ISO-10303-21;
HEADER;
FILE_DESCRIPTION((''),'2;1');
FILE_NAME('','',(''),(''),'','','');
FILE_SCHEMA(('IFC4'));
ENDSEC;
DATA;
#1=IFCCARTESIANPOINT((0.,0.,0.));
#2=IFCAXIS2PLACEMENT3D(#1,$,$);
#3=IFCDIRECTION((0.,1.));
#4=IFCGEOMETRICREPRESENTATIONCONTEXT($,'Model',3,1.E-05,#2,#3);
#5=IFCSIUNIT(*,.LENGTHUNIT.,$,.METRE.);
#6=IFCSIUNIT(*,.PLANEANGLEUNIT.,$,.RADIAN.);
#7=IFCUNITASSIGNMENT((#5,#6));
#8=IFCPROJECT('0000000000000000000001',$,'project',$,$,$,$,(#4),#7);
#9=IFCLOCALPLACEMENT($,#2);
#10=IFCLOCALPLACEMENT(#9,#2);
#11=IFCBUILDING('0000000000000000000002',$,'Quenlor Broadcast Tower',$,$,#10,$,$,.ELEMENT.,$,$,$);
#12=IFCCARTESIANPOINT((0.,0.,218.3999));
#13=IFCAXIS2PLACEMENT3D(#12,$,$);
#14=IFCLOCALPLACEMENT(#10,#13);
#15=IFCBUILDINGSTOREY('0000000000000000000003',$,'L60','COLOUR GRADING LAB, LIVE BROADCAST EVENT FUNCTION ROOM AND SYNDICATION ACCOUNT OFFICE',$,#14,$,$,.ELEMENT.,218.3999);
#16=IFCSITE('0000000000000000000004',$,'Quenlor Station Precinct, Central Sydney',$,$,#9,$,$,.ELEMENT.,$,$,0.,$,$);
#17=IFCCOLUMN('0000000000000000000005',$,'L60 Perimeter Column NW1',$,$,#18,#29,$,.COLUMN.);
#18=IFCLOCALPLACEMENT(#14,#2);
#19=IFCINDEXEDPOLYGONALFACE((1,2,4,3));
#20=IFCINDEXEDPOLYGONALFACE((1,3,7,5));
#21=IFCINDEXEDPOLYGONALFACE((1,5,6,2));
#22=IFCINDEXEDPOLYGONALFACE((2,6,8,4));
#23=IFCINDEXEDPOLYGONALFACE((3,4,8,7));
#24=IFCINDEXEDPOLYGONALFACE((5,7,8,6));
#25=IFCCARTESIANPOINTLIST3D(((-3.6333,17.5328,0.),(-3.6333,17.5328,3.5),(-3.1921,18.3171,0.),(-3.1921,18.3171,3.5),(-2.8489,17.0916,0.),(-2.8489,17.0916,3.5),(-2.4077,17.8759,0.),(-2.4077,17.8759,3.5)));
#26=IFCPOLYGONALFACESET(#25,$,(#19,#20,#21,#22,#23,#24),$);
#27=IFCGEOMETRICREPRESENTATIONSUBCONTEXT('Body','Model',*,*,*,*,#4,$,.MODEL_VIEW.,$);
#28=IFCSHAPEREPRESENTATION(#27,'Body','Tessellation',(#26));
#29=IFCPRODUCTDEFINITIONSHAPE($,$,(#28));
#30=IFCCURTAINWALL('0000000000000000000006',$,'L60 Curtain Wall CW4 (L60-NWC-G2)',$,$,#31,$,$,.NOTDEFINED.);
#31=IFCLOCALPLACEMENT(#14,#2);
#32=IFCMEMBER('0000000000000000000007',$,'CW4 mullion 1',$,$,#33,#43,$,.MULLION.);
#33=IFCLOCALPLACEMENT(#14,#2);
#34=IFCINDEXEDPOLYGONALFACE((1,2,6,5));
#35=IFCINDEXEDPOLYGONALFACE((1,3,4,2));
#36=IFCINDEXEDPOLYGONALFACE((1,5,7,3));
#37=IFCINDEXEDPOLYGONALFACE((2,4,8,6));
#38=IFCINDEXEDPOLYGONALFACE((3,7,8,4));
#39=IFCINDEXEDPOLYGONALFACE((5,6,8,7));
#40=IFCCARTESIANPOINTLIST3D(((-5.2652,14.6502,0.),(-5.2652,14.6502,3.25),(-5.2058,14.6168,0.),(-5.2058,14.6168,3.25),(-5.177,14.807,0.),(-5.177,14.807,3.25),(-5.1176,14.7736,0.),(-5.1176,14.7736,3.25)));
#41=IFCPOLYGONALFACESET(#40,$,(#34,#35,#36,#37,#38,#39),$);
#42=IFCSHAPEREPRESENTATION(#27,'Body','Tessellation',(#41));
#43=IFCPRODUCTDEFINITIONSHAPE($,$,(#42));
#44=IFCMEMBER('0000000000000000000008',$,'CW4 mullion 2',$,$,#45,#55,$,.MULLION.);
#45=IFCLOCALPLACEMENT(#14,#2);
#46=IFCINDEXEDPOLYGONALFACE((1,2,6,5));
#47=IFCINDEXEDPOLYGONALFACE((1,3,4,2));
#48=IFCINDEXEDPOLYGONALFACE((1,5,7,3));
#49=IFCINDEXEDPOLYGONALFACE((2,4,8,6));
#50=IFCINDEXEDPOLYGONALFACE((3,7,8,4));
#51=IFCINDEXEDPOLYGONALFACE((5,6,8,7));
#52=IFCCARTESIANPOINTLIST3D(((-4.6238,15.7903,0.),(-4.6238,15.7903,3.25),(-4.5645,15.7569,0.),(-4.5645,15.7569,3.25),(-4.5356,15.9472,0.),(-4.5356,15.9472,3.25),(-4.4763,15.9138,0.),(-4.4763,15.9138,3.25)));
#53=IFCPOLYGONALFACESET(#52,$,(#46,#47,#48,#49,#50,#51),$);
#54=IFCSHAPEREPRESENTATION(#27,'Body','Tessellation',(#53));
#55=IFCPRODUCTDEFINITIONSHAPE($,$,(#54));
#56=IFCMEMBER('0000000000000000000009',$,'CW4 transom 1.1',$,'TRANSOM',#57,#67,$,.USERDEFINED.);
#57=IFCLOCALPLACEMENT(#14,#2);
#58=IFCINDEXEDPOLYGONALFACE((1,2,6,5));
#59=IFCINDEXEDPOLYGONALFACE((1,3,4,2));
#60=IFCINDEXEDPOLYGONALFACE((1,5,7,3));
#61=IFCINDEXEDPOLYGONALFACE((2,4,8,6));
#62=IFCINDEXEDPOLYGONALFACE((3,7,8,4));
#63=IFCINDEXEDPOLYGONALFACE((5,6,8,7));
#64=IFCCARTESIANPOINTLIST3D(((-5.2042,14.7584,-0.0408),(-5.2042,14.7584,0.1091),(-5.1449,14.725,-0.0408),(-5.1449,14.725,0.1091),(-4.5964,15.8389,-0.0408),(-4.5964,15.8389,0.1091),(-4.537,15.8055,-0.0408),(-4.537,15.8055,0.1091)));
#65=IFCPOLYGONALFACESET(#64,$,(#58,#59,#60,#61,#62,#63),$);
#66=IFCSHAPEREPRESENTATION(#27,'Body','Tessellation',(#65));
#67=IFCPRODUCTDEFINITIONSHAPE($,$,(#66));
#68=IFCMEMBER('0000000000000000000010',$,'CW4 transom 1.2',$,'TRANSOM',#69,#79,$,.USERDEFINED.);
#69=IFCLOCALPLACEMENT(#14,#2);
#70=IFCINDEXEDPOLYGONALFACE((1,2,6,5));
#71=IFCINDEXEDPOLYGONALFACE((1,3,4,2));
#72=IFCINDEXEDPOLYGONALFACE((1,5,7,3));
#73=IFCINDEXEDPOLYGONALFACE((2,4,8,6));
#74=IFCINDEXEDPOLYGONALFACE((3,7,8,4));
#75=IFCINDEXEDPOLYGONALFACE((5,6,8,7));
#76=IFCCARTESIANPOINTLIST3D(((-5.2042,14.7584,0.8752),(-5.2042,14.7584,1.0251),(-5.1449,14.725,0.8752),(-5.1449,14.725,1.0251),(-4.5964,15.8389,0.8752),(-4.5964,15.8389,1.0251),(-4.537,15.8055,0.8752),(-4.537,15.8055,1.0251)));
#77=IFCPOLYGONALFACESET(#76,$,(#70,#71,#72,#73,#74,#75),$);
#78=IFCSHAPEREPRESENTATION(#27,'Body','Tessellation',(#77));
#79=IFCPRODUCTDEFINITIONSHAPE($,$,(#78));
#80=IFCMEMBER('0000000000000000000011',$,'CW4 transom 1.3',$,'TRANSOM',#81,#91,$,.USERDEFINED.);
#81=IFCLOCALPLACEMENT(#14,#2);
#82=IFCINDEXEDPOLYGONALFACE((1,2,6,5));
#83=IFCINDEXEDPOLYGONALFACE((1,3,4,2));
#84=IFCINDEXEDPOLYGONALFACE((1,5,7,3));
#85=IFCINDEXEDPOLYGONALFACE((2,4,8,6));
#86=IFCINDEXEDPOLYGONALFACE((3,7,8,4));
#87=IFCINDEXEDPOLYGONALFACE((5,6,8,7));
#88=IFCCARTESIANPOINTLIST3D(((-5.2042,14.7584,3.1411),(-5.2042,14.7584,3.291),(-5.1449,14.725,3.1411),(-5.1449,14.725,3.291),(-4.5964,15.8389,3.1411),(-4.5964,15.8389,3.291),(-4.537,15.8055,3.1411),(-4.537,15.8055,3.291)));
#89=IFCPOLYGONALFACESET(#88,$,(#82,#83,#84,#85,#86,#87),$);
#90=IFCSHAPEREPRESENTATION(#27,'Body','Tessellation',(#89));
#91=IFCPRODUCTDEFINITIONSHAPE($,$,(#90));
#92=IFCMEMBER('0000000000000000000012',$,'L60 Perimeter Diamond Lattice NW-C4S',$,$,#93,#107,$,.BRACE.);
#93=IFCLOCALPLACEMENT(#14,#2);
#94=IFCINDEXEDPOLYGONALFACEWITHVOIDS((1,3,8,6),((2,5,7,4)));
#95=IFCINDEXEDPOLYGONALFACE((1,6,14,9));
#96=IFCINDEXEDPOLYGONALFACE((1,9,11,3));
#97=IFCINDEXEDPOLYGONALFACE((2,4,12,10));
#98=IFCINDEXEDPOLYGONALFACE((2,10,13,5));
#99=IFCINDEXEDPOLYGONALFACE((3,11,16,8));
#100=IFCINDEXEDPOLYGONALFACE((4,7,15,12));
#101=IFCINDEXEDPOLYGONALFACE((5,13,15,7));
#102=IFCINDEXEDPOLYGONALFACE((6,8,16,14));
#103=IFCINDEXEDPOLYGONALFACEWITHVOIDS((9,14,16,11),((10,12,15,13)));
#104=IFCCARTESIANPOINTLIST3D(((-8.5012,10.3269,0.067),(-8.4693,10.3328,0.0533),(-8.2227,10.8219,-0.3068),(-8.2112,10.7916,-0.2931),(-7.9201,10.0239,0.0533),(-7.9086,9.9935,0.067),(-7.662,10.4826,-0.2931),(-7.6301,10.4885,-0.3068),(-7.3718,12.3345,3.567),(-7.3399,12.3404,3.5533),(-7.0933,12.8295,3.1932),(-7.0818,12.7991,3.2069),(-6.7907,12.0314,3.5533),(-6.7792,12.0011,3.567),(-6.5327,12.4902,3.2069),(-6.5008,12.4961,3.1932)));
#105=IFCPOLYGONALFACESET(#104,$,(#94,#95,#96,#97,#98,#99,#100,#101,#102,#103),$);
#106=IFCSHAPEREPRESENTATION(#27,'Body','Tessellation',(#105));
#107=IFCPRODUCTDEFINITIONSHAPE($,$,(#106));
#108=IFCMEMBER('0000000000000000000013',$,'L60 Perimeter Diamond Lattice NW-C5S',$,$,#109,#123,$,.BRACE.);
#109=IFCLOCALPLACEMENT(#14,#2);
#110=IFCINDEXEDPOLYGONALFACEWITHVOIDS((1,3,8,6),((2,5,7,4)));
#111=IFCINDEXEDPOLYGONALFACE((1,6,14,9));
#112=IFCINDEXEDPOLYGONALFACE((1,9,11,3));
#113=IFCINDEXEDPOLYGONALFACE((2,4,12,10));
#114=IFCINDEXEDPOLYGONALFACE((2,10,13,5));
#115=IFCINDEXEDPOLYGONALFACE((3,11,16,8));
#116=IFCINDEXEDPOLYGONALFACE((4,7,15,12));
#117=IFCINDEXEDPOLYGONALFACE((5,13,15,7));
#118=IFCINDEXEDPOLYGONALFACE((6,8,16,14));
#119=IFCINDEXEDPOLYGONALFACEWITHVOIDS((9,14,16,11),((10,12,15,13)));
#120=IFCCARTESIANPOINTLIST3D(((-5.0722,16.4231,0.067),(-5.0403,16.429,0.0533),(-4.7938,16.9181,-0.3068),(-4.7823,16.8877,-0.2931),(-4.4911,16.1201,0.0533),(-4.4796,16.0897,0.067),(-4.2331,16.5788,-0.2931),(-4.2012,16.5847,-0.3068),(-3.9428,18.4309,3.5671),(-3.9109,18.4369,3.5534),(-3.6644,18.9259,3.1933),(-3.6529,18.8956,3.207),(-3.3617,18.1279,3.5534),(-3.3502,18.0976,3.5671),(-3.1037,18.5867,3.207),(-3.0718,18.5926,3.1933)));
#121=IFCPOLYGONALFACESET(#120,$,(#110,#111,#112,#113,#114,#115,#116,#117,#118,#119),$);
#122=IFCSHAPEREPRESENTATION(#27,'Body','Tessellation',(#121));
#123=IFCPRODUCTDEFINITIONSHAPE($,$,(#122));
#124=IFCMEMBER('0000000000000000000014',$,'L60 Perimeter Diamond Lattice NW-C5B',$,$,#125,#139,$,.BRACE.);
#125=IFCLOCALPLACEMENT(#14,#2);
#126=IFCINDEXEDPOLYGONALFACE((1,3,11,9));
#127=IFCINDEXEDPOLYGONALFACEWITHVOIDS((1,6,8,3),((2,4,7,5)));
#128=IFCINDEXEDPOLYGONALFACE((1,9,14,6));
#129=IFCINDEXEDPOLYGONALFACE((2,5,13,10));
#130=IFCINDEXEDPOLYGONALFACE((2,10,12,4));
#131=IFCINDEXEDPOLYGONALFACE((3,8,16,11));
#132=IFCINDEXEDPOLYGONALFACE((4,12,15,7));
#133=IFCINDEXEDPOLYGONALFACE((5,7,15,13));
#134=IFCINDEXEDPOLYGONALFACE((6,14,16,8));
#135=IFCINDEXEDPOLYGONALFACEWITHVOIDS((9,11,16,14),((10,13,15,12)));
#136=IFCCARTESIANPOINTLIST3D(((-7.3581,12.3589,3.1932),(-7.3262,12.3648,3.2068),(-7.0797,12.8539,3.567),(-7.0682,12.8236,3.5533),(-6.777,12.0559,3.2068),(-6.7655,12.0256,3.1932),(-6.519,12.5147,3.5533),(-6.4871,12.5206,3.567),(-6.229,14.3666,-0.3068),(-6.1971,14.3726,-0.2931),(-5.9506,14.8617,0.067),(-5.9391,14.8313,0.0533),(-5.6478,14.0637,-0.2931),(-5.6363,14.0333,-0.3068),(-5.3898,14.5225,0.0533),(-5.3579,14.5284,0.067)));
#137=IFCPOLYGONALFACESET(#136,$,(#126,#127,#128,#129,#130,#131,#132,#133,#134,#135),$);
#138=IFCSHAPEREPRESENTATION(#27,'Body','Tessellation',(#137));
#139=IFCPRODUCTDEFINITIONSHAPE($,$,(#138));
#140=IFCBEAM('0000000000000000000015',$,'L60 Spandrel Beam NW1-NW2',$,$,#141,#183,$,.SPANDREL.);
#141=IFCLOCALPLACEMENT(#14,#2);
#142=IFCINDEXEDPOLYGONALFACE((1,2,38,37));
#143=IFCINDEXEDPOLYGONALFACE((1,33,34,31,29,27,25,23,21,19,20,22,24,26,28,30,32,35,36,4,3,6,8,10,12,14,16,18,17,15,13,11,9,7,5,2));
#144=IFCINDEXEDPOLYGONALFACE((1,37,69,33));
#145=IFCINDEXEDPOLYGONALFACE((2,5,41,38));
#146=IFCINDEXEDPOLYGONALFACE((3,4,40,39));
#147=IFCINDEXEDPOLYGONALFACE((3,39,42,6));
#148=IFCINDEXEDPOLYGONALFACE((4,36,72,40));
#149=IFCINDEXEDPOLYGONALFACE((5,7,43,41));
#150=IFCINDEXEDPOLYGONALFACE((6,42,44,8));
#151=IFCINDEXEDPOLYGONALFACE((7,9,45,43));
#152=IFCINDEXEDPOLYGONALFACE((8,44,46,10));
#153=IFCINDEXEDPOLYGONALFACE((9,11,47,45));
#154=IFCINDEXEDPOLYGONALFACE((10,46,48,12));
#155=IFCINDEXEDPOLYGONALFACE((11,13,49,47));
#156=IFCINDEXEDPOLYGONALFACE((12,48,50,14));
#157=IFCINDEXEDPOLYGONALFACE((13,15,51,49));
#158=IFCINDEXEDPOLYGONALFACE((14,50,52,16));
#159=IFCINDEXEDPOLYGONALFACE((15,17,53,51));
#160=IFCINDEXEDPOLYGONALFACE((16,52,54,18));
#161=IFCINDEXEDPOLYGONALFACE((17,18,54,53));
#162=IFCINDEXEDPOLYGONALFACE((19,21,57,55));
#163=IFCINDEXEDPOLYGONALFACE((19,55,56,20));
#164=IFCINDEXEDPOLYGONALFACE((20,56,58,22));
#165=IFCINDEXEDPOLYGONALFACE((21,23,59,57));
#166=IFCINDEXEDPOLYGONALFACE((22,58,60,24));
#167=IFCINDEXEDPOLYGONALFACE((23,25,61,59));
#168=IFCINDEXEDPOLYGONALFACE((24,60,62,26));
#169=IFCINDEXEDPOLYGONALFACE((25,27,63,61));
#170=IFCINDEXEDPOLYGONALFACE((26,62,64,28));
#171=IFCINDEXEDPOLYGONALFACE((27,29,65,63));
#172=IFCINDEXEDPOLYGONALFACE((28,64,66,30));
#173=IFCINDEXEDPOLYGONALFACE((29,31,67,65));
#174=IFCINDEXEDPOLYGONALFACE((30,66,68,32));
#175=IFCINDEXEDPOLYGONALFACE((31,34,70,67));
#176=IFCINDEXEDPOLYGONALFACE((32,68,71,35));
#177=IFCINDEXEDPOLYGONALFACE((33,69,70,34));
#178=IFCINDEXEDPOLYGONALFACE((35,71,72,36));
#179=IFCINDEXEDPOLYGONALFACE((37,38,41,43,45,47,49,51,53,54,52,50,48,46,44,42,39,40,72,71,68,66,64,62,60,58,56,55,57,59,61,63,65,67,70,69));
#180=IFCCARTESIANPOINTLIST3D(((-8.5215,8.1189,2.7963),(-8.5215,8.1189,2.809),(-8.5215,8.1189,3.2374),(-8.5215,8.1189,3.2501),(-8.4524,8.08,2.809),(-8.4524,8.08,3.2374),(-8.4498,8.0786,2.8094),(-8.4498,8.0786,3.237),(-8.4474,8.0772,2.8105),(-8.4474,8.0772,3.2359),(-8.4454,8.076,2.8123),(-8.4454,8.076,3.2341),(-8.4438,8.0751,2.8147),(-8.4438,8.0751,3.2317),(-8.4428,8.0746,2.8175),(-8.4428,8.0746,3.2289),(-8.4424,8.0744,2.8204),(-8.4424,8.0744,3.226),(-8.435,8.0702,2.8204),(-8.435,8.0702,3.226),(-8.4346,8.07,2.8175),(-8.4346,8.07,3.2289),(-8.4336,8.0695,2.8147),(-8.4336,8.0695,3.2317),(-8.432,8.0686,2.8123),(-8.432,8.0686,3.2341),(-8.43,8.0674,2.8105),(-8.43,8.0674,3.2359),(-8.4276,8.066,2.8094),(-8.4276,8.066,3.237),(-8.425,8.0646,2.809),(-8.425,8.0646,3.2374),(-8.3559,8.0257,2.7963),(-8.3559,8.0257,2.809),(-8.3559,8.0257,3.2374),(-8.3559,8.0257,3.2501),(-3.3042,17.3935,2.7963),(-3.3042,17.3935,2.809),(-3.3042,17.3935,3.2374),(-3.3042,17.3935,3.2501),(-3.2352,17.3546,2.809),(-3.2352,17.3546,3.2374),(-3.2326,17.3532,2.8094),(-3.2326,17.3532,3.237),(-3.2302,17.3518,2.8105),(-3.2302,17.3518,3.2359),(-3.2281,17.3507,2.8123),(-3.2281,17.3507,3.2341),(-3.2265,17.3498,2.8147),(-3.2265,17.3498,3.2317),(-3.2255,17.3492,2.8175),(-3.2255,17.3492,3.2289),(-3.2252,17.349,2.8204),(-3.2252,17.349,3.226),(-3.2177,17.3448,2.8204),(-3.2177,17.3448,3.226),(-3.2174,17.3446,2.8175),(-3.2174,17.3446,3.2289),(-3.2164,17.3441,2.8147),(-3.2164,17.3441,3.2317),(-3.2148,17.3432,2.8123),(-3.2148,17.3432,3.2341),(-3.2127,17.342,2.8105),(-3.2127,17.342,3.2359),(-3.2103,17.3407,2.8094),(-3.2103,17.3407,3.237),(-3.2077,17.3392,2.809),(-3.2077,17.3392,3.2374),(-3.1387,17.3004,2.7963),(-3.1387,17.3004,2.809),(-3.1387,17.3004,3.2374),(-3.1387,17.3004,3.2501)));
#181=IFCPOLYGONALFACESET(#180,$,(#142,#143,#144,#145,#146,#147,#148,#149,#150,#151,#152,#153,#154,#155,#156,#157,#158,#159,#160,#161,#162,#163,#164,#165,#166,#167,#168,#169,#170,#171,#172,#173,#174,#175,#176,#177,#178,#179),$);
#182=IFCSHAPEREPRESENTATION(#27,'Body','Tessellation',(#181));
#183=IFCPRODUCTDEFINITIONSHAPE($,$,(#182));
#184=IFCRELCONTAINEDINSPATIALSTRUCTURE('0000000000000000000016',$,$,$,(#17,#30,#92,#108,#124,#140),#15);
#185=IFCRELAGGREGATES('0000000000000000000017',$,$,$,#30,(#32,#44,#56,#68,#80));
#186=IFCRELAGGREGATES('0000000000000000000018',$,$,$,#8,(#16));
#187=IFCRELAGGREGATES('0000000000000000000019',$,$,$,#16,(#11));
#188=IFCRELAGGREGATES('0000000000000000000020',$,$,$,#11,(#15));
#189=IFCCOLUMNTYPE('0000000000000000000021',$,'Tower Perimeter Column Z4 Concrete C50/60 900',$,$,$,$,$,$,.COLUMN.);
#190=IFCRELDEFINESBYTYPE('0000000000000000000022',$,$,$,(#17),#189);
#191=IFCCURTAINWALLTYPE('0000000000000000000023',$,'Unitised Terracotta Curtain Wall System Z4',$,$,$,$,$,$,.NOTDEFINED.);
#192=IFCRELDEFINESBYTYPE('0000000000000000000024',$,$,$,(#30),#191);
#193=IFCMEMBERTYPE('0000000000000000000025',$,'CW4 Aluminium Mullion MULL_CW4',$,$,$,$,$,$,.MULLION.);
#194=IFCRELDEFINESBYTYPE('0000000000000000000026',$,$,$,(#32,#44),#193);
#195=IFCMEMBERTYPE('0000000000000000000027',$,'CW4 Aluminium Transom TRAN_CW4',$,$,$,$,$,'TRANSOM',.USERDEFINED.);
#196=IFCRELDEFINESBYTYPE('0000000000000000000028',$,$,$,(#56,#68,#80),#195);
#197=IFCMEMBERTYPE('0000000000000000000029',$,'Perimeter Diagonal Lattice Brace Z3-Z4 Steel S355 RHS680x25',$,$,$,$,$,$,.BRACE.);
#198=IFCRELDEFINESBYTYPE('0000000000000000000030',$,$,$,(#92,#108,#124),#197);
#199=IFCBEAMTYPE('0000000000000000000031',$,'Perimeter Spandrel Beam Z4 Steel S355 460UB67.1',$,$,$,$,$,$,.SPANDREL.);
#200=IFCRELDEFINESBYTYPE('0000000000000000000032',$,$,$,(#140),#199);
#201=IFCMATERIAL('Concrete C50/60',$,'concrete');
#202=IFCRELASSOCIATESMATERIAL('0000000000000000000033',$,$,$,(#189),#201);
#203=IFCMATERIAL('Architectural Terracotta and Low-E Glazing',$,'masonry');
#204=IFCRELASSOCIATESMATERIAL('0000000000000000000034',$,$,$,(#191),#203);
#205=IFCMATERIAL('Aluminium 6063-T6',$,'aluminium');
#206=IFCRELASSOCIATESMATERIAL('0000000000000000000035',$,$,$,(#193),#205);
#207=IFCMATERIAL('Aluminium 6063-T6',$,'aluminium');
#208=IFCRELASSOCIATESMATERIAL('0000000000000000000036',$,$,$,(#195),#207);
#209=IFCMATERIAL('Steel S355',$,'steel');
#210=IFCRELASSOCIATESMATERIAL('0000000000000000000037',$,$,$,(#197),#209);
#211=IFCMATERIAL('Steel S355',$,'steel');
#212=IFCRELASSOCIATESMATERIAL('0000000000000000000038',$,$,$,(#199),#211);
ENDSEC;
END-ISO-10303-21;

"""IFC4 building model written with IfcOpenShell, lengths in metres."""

from ifc_helpers import new_model, si_unit, direction, frame, origin, origin_2d, place, context, subcontext, project, spatial, rectangle, hollow_rectangle, i_section, extrude, material, material_profile, profile_set, type_object, element, aggregate, save


model = new_model("IFC4")

# Units and contexts
model_context = context("Model", 3, precision=1e-05, world=origin(), true_north=direction((0.0, 1.0)))
body_context = subcontext(model_context, "Body", "Model", "MODEL_VIEW")
ifc_project = project(units=[si_unit("LENGTHUNIT", "METRE"), si_unit("PLANEANGLEUNIT", "RADIAN")], contexts=[model_context])

# Site, building, storey
site_placement = place(None, origin())
site = spatial("IfcSite", under=ifc_project, at=site_placement, Name="Quenlor Station Precinct, Central Sydney", CompositionType="ELEMENT", RefElevation=0.0)
building_placement = place(site_placement, origin())
building = spatial("IfcBuilding", under=site, at=building_placement, Name="Quenlor Broadcast Tower", CompositionType="ELEMENT")
storey_placement = place(building_placement, frame((0.0, 0.0, 218.3999)))
storey = spatial("IfcBuildingStorey", under=building, at=storey_placement, Name="L60", Description="COLOUR GRADING LAB, LIVE BROADCAST EVENT FUNCTION ROOM AND SYNDICATION ACCOUNT OFFICE", CompositionType="ELEMENT", Elevation=218.3999)

# Column
ifc_material_1 = material(Name="Concrete C50/60", Category="concrete")
ifc_material_profile_1 = material_profile(ifc_material_1, rectangle(XDim=0.8999, YDim=0.8999, at=origin_2d()))
ifc_profile_set_1 = profile_set([ifc_material_profile_1], Name="Concrete C50/60 RC900x900")
column_type = type_object("IfcColumnType", Name="Tower Perimeter Column Z4 Concrete C50/60 900", PredefinedType="COLUMN", material=ifc_profile_set_1)
column_placement = place(storey_placement, frame((-3.0205, 17.7043, 0.0), z_axis=(0.0, 0.0, 1.0), x_axis=(-0.871575, 0.490262, 0.0)))
element("IfcColumn", 1, at=column_placement, inside=storey, type_object=column_type, Name="L60 Perimeter Column NW1", PredefinedType="COLUMN", context=body_context, shape_type="SweptSolid", body=[
    extrude(rectangle(XDim=0.8999, YDim=0.8999, at=origin_2d()), origin(), (0.0, 0.0, 1.0), 3.5),
])

# Curtain wall, members
ifc_material_2 = material(Name="Architectural Terracotta and Low-E Glazing", Category="masonry")
curtain_wall_type = type_object("IfcCurtainWallType", Name="Unitised Terracotta Curtain Wall System Z4", PredefinedType="NOTDEFINED", material=ifc_material_2)
curtain_wall_placement = place(storey_placement, origin())
curtain_wall = element("IfcCurtainWall", 2, at=curtain_wall_placement, inside=storey, type_object=curtain_wall_type, Name="L60 Curtain Wall CW4 (L60-NWC-G2)", PredefinedType="NOTDEFINED")
ifc_material_3 = material(Name="Aluminium 6063-T6", Category="aluminium")
ifc_material_profile_2 = material_profile(ifc_material_3, rectangle(XDim=0.0681, YDim=0.1799, at=origin_2d()))
ifc_profile_set_2 = profile_set([ifc_material_profile_2], Name="Aluminium 6063-T6 MULL68x180")
member_type_1 = type_object("IfcMemberType", Name="CW4 Aluminium Mullion MULL_CW4", PredefinedType="MULLION", material=ifc_profile_set_2)
member_1_placement = place(storey_placement, frame((-5.1914, 14.7119, 0.0), z_axis=(0.0, 0.0, 1.0), x_axis=(-0.87156, 0.490289, 0.0)))
member_1 = element("IfcMember", 3, at=member_1_placement, type_object=member_type_1, Name="CW4 mullion 1", PredefinedType="MULLION", context=body_context, shape_type="SweptSolid", body=[
    extrude(rectangle(XDim=0.0681, YDim=0.1799, at=origin_2d()), origin(), (0.0, 0.0, 1.0), 3.25),
])
member_2_placement = place(storey_placement, frame((-4.55, 15.8521, 0.0), z_axis=(0.0, 0.0, 1.0), x_axis=(-0.87156, 0.490289, 0.0)))
member_2 = element("IfcMember", 4, at=member_2_placement, type_object=member_type_1, Name="CW4 mullion 2", PredefinedType="MULLION", context=body_context, shape_type="SweptSolid", body=[
    extrude(rectangle(XDim=0.0681, YDim=0.1799, at=origin_2d()), origin(), (0.0, 0.0, 1.0), 3.25),
])
ifc_material_4 = material(Name="Aluminium 6063-T6", Category="aluminium")
ifc_material_profile_3 = material_profile(ifc_material_4, rectangle(XDim=0.0681, YDim=0.1499, at=origin_2d()))
ifc_profile_set_3 = profile_set([ifc_material_profile_3], Name="Aluminium 6063-T6 TRAN68x150")
member_type_2 = type_object("IfcMemberType", Name="CW4 Aluminium Transom TRAN_CW4", ElementType="TRANSOM", PredefinedType="USERDEFINED", material=ifc_profile_set_3)
member_3_placement = place(storey_placement, frame((-5.1746, 14.7417, 0.0342), z_axis=(0.490317, 0.871544, 0.0), x_axis=(-0.871544, 0.490317, 0.0)))
member_3 = element("IfcMember", 5, at=member_3_placement, type_object=member_type_2, Name="CW4 transom 1.1", ObjectType="TRANSOM", PredefinedType="USERDEFINED", context=body_context, shape_type="SweptSolid", body=[
    extrude(rectangle(XDim=0.0681, YDim=0.1499, at=origin_2d()), origin(), (0.0, 0.0, 1.0), 1.2397),
])
member_4_placement = place(storey_placement, frame((-5.1746, 14.7417, 0.9502), z_axis=(0.490317, 0.871544, 0.0), x_axis=(-0.871544, 0.490317, 0.0)))
member_4 = element("IfcMember", 6, at=member_4_placement, type_object=member_type_2, Name="CW4 transom 1.2", ObjectType="TRANSOM", PredefinedType="USERDEFINED", context=body_context, shape_type="SweptSolid", body=[
    extrude(rectangle(XDim=0.0681, YDim=0.1499, at=origin_2d()), origin(), (0.0, 0.0, 1.0), 1.2397),
])
member_5_placement = place(storey_placement, frame((-5.1746, 14.7417, 3.2161), z_axis=(0.490317, 0.871544, 0.0), x_axis=(-0.871544, 0.490317, 0.0)))
member_5 = element("IfcMember", 7, at=member_5_placement, type_object=member_type_2, Name="CW4 transom 1.3", ObjectType="TRANSOM", PredefinedType="USERDEFINED", context=body_context, shape_type="SweptSolid", body=[
    extrude(rectangle(XDim=0.0681, YDim=0.1499, at=origin_2d()), origin(), (0.0, 0.0, 1.0), 1.2397),
])

# Members
ifc_material_5 = material(Name="Steel S355", Category="steel")
ifc_material_profile_4 = material_profile(ifc_material_5, hollow_rectangle(XDim=0.6799, YDim=0.6799, WallThickness=0.0249, at=origin_2d()))
ifc_profile_set_4 = profile_set([ifc_material_profile_4], Name="Steel S355 RHS680x680x25")
member_type_3 = type_object("IfcMemberType", Name="Perimeter Diagonal Lattice Brace Z3-Z4 Steel S355 RHS680x25", PredefinedType="BRACE", material=ifc_profile_set_4)
member_6_placement = place(storey_placement, frame((-8.0657, 10.4077, -0.1199), z_axis=(0.269547, 0.479136, 0.835328), x_axis=(-0.87155, 0.490307, 0.0)))
element("IfcMember", 8, at=member_6_placement, inside=storey, type_object=member_type_3, Name="L60 Perimeter Diamond Lattice NW-C4S", PredefinedType="BRACE", context=body_context, shape_type="SweptSolid", body=[
    extrude(hollow_rectangle(XDim=0.6799, YDim=0.6799, WallThickness=0.0249, at=origin_2d()), origin(), (0.0, 0.0, 1.0), 4.1899),
])
member_7_placement = place(storey_placement, frame((-4.6367, 16.5039, -0.1199), z_axis=(0.26954, 0.479181, 0.835305), x_axis=(-0.871576, 0.490261, 0.0)))
element("IfcMember", 9, at=member_7_placement, inside=storey, type_object=member_type_3, Name="L60 Perimeter Diamond Lattice NW-C5S", PredefinedType="BRACE", context=body_context, shape_type="SweptSolid", body=[
    extrude(hollow_rectangle(XDim=0.6799, YDim=0.6799, WallThickness=0.0249, at=origin_2d()), origin(), (0.0, 0.0, 1.0), 4.1902),
])
member_8_placement = place(storey_placement, frame((-5.7935, 14.4475, -0.1199), z_axis=(-0.269485, -0.479189, 0.835318), x_axis=(0.871621, -0.490181, 0.0)))
element("IfcMember", 10, at=member_8_placement, inside=storey, type_object=member_type_3, Name="L60 Perimeter Diamond Lattice NW-C5B", PredefinedType="BRACE", context=body_context, shape_type="SweptSolid", body=[
    extrude(hollow_rectangle(XDim=0.6799, YDim=0.6799, WallThickness=0.0249, at=origin_2d()), origin(), (0.0, 0.0, 1.0), 4.1899),
])

# Beam
ifc_material_6 = material(Name="Steel S355", Category="steel")
ifc_material_profile_5 = material_profile(ifc_material_6, i_section(OverallWidth=0.1899, OverallDepth=0.4539, WebThickness=0.0085, FlangeThickness=0.0127, FilletRadius=0.0115, at=origin_2d()))
ifc_profile_set_5 = profile_set([ifc_material_profile_5], Name="Steel S355 460UB67.1")
beam_type_1 = type_object("IfcBeamType", Name="Perimeter Spandrel Beam Z4 Steel S355 460UB67.1", PredefinedType="SPANDREL", material=ifc_profile_set_5)
beam_1_placement = place(storey_placement, frame((-3.2214, 17.3469, 3.0232), z_axis=(-0.490282, -0.871564, 0.0), x_axis=(0.871564, -0.490282, 0.0)))
element("IfcBeam", 11, at=beam_1_placement, inside=storey, type_object=beam_type_1, Name="L60 Spandrel Beam NW1-NW2", PredefinedType="SPANDREL", context=body_context, shape_type="SweptSolid", body=[
    extrude(i_section(OverallWidth=0.1899, OverallDepth=0.4539, WebThickness=0.0085, FlangeThickness=0.0127, FilletRadius=0.0115, at=origin_2d()), origin(), (0.0, 0.0, 1.0), 10.6414),
])

aggregate(curtain_wall, [member_1, member_2, member_3, member_4, member_5])

save(model, "model.ifc")
